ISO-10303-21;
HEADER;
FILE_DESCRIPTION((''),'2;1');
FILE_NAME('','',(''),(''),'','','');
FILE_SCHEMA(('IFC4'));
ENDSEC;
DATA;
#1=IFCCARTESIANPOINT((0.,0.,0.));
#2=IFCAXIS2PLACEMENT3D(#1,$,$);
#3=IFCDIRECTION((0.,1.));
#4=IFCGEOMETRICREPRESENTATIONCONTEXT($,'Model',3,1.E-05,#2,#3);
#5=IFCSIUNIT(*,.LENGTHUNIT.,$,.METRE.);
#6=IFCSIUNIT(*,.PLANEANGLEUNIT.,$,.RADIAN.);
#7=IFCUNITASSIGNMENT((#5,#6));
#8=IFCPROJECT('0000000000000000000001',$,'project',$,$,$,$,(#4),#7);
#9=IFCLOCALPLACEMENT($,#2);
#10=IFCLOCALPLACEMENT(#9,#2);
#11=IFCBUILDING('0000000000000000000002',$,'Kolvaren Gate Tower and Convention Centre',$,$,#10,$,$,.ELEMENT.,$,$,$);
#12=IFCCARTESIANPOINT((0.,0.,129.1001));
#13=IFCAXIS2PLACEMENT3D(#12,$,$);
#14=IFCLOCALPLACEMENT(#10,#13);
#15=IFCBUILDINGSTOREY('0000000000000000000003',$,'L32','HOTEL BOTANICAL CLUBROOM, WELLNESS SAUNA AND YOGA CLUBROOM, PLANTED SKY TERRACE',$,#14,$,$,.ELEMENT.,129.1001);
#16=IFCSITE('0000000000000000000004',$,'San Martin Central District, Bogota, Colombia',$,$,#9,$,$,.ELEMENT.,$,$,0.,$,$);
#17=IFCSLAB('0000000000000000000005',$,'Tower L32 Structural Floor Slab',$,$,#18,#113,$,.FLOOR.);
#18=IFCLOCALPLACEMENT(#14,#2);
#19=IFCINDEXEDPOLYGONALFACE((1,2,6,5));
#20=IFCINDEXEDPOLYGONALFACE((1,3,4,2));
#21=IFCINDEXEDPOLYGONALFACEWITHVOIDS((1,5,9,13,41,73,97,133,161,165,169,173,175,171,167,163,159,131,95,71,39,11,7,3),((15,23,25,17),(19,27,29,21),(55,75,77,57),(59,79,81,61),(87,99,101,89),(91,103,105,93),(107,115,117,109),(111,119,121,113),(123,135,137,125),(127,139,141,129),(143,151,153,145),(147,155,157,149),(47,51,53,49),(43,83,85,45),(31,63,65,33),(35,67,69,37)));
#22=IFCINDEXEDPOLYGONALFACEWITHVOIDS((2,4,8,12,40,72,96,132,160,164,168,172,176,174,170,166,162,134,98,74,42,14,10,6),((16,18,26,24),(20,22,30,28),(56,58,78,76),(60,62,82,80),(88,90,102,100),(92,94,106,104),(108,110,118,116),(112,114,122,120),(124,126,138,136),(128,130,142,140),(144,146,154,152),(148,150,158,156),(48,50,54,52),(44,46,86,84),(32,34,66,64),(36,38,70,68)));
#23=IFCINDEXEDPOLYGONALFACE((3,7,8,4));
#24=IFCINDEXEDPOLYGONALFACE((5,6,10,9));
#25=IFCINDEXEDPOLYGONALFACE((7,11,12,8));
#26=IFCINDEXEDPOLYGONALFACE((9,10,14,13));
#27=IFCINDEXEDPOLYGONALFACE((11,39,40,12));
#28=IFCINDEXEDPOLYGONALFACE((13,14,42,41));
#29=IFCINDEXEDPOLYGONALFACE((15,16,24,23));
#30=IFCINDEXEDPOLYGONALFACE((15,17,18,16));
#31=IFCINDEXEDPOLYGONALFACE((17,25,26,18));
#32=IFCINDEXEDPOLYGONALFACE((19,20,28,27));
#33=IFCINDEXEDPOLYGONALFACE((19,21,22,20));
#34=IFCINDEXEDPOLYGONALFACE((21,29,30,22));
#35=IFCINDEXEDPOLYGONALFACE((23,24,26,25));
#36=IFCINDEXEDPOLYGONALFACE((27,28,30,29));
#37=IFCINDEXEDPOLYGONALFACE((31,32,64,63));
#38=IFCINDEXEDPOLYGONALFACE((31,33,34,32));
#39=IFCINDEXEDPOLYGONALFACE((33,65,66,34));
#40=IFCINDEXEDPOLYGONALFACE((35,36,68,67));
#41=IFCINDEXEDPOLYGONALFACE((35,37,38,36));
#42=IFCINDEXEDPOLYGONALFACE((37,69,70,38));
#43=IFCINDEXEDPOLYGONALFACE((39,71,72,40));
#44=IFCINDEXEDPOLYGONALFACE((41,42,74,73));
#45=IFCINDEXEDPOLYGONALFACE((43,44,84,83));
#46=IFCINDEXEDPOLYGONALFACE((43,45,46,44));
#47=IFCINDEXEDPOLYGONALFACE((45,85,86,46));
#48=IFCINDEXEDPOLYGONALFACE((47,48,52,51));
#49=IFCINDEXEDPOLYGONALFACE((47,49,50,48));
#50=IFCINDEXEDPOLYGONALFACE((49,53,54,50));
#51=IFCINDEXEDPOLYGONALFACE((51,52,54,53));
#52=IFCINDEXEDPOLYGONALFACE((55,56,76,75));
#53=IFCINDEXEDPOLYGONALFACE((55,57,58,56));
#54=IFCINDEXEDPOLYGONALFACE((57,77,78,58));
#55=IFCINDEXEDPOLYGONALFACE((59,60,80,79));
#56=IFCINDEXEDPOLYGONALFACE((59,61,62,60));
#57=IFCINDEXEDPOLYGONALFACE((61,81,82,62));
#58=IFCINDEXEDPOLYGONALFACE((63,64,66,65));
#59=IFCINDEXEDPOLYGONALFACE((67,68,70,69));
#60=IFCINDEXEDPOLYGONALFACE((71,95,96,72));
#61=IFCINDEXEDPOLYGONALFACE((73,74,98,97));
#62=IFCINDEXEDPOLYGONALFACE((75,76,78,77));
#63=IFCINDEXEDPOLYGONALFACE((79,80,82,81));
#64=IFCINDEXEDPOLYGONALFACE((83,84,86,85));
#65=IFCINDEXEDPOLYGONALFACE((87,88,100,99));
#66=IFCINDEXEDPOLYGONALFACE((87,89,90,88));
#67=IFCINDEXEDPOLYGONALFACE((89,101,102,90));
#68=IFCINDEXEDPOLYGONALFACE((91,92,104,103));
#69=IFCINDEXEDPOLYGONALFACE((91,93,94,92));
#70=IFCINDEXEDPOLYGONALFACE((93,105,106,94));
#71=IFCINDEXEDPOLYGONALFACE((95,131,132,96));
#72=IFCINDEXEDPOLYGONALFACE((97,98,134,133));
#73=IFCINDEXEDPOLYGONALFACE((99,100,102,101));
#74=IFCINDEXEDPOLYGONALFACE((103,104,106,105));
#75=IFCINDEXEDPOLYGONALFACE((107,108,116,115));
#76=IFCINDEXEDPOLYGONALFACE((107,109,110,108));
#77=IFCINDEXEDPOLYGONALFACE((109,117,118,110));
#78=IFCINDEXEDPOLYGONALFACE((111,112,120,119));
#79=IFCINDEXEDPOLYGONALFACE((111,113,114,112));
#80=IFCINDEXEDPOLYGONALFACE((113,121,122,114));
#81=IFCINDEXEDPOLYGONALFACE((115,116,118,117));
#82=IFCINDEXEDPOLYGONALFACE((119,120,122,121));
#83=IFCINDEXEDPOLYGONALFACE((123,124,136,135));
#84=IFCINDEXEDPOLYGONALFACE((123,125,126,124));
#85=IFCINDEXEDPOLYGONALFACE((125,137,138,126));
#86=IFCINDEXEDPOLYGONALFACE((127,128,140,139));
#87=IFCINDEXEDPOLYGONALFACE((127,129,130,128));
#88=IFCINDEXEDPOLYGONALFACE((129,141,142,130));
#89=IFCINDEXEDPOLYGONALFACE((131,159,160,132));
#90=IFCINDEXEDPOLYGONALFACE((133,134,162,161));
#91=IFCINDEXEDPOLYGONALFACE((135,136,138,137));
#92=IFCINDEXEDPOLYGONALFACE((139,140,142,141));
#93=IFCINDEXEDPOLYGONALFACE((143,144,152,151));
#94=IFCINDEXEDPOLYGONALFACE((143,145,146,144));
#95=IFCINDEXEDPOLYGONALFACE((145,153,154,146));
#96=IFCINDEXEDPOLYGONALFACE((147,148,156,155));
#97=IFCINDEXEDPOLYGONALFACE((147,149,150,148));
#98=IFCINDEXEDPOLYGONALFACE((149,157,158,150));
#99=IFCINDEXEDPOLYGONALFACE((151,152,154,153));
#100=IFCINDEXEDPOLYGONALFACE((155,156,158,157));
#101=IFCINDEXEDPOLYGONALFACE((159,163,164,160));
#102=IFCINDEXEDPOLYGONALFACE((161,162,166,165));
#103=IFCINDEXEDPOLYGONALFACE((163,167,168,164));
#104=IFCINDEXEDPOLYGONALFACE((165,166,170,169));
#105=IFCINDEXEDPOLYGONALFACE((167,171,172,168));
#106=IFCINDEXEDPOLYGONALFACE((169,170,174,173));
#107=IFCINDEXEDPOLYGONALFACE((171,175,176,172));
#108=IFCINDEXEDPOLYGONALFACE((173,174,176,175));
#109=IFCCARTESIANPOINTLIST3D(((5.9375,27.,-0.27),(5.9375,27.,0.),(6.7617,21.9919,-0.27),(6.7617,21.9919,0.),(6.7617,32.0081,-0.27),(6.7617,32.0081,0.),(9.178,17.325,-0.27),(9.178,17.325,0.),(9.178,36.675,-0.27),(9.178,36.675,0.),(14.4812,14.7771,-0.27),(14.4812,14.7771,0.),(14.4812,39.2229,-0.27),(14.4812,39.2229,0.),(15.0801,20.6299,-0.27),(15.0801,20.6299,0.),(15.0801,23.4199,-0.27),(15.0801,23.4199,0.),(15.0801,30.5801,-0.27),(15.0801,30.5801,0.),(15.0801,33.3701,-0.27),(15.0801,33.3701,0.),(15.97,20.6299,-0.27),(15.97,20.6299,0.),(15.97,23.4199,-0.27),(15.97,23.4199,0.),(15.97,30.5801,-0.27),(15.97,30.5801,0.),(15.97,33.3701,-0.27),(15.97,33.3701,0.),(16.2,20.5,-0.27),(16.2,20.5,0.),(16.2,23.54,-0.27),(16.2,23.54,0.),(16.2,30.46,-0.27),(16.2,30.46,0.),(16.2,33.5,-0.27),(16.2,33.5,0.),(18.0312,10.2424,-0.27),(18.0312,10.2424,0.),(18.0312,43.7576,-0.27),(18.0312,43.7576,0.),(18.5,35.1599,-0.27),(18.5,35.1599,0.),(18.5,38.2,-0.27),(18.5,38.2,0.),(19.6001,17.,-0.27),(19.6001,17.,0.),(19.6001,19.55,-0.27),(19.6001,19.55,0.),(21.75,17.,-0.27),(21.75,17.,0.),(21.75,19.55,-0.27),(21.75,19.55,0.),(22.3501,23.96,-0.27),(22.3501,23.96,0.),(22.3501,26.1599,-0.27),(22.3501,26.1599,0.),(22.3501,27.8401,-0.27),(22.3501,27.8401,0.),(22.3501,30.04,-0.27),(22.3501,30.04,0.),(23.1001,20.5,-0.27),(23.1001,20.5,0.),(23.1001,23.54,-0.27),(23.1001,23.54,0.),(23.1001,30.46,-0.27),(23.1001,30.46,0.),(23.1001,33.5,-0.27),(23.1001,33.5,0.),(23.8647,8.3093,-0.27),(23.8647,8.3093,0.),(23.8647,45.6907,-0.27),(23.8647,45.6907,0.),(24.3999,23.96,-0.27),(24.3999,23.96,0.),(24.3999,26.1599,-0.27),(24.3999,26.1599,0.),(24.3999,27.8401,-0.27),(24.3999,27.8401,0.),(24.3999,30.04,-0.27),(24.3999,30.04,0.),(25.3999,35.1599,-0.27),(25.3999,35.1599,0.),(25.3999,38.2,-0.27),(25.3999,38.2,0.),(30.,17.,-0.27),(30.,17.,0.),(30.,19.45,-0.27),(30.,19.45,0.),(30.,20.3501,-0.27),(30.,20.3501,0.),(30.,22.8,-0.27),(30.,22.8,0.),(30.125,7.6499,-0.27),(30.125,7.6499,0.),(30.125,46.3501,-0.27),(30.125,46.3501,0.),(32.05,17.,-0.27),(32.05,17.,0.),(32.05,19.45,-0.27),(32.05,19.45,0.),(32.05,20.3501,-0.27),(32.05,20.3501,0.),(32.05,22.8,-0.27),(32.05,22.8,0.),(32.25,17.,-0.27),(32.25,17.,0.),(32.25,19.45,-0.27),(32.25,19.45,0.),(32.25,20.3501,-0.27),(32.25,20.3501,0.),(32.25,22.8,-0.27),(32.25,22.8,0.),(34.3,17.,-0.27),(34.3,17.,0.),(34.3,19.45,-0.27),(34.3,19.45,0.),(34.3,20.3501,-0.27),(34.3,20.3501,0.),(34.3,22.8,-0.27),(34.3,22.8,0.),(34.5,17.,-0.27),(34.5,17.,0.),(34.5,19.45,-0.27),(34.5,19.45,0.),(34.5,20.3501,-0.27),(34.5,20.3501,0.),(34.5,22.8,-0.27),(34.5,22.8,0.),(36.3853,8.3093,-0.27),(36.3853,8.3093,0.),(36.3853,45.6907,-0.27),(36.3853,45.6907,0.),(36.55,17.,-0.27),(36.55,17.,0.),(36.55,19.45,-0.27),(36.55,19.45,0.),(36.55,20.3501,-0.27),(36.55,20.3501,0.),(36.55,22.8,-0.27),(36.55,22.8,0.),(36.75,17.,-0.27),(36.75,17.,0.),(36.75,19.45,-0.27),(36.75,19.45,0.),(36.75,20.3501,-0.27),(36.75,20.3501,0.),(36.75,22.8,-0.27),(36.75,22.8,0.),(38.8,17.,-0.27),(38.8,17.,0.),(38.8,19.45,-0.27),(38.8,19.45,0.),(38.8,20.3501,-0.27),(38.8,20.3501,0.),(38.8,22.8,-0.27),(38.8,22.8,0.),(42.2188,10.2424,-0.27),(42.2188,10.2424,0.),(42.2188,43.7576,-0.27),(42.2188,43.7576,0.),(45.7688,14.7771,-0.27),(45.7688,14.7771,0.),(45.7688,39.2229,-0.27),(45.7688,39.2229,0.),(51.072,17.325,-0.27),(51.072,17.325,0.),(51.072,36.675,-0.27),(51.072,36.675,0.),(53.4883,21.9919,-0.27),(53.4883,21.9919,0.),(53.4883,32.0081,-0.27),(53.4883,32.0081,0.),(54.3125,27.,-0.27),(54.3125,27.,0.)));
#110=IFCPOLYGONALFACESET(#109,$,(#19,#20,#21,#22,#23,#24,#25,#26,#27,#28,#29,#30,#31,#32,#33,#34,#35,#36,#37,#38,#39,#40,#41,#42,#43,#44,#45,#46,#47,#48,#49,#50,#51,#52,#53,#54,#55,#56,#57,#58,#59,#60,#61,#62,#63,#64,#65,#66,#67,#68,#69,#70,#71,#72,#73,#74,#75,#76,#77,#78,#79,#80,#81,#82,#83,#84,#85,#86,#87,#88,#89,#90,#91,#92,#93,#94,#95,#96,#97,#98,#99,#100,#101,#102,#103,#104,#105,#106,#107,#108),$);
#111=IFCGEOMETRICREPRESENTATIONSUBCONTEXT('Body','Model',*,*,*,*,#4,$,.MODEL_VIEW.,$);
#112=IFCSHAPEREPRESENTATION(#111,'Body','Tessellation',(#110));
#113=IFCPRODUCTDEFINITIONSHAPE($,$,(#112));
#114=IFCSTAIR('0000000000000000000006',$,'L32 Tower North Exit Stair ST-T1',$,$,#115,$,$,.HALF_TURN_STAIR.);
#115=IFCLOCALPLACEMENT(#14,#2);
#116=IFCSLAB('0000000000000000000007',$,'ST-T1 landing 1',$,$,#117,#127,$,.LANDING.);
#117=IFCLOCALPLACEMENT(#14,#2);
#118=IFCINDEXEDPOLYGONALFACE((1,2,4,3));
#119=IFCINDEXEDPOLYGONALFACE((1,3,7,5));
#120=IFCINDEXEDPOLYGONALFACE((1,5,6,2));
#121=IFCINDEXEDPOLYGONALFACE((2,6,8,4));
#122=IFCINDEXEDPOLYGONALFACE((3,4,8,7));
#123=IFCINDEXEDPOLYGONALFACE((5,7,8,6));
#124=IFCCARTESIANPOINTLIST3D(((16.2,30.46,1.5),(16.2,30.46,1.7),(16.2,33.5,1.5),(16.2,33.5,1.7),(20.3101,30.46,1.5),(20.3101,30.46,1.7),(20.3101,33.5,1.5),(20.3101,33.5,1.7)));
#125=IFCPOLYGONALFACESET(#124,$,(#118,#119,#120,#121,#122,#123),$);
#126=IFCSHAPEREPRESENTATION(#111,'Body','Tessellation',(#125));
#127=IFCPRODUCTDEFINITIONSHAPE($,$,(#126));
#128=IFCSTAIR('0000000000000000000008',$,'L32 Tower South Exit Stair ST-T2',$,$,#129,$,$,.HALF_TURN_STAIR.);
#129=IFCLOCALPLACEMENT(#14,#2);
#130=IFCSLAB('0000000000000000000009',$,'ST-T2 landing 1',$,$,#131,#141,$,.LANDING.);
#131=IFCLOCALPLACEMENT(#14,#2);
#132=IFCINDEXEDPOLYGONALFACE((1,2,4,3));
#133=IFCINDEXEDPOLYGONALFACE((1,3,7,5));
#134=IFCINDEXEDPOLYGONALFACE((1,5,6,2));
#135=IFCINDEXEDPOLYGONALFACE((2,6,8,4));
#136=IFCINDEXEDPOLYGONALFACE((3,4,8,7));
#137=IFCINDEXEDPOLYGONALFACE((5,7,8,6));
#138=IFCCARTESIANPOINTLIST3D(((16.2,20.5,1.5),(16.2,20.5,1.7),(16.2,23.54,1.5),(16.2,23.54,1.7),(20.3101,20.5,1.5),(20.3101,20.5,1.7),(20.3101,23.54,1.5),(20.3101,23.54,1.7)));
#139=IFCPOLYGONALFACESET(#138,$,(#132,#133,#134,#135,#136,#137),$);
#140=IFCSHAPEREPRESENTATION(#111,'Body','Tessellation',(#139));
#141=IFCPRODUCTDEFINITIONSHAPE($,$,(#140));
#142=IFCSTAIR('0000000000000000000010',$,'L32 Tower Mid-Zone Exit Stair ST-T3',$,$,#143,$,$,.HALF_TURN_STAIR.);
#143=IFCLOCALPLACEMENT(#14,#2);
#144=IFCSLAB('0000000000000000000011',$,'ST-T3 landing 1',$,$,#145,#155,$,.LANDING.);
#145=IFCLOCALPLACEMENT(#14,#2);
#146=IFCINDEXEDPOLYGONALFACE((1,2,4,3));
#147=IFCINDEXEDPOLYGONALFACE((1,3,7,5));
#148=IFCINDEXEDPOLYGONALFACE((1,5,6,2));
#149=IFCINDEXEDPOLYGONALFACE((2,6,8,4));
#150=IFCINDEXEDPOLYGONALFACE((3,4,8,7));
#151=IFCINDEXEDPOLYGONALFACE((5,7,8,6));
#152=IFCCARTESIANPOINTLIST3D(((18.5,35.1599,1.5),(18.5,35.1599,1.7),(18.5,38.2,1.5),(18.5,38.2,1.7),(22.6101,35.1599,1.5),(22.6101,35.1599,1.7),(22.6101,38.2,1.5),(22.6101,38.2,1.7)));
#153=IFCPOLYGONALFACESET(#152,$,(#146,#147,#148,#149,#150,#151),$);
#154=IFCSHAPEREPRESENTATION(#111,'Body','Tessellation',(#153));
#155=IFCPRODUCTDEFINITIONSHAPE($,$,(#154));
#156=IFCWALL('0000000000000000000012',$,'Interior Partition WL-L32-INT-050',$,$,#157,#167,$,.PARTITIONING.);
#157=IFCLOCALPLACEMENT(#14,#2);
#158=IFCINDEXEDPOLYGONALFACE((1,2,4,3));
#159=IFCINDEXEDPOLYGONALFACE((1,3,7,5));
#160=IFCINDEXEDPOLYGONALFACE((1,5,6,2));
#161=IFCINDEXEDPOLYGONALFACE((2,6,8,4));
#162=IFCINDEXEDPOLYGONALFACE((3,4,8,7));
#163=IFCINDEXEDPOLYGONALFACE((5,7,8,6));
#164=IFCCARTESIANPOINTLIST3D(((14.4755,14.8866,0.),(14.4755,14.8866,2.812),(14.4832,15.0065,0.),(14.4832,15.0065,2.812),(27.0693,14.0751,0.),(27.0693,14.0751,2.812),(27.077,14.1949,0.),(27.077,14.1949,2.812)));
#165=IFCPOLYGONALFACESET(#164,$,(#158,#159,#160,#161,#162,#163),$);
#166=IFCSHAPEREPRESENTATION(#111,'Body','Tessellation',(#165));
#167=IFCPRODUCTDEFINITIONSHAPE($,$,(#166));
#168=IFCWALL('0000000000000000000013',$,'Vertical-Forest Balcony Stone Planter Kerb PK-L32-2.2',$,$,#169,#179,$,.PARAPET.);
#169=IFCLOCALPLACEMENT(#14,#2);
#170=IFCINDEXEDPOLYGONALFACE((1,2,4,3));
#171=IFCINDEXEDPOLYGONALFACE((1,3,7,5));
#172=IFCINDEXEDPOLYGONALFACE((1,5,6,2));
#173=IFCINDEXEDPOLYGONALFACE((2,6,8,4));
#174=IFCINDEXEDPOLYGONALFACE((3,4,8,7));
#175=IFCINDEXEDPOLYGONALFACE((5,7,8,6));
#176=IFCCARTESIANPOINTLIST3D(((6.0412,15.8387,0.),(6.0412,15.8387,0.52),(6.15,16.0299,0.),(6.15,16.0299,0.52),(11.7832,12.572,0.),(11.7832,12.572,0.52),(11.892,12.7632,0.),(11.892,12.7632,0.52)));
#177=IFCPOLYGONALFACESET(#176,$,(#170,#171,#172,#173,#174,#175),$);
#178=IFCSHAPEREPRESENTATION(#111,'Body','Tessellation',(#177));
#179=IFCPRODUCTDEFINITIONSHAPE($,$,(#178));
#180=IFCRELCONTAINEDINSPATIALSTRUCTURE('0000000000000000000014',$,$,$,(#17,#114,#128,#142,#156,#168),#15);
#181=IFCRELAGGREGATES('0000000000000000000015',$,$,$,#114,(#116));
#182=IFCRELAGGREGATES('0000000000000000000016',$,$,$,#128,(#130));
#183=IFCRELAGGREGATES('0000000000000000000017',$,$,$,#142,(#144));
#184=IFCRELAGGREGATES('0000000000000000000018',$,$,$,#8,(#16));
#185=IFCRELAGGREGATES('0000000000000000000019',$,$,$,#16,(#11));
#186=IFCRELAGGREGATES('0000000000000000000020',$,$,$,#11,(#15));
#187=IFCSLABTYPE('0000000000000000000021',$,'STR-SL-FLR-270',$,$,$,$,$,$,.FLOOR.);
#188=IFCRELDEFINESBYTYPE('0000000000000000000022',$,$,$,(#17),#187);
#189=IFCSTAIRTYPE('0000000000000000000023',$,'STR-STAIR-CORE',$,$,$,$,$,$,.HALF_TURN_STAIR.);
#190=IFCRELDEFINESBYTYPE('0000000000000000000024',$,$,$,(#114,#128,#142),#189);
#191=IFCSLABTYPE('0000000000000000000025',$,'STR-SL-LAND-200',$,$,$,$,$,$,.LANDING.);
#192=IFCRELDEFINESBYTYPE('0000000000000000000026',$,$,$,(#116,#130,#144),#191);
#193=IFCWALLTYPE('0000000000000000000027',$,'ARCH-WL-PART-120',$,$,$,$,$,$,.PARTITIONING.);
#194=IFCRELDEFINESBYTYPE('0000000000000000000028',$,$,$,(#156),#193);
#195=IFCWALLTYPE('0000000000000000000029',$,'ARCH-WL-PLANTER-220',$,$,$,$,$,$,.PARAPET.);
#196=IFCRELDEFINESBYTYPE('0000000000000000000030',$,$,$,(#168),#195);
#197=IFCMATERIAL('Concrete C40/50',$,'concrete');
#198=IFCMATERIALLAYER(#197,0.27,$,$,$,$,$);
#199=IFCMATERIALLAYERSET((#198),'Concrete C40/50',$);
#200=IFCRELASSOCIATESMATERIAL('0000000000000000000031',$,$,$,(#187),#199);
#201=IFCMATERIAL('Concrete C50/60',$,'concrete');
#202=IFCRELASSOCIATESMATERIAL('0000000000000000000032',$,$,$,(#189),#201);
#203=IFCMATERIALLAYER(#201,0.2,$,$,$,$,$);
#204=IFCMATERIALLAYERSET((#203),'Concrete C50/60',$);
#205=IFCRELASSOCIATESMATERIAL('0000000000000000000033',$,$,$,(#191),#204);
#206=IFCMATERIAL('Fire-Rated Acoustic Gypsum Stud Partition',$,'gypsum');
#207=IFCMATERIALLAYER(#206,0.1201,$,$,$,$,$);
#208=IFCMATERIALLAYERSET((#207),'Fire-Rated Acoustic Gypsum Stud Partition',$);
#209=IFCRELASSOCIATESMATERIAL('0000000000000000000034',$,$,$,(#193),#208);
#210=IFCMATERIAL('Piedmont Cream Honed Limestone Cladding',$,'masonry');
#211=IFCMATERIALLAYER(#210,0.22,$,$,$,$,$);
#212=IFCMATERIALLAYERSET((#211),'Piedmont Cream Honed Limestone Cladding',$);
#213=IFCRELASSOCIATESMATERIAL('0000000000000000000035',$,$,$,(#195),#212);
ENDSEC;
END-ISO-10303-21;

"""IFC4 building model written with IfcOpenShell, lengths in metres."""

from ifc_helpers import new_model, si_unit, direction, frame, frame_2d, origin, place, context, subcontext, project, spatial, polyline, rectangle, outline, extrude, material, layer, layer_set, type_object, element, aggregate, save


model = new_model("IFC4")

# Units and contexts
model_context = context("Model", 3, precision=1e-05, world=origin(), true_north=direction((0.0, 1.0)))
body_context = subcontext(model_context, "Body", "Model", "MODEL_VIEW")
ifc_project = project(units=[si_unit("LENGTHUNIT", "METRE"), si_unit("PLANEANGLEUNIT", "RADIAN")], contexts=[model_context])

# Site, building, storey
site_placement = place(None, origin())
site = spatial("IfcSite", under=ifc_project, at=site_placement, Name="San Martin Central District, Bogota, Colombia", CompositionType="ELEMENT", RefElevation=0.0)
building_placement = place(site_placement, origin())
building = spatial("IfcBuilding", under=site, at=building_placement, Name="Kolvaren Gate Tower and Convention Centre", CompositionType="ELEMENT")
storey_placement = place(building_placement, frame((0.0, 0.0, 129.1001)))
storey = spatial("IfcBuildingStorey", under=building, at=storey_placement, Name="L32", Description="HOTEL BOTANICAL CLUBROOM, WELLNESS SAUNA AND YOGA CLUBROOM, PLANTED SKY TERRACE", CompositionType="ELEMENT", Elevation=129.1001)

# Slab
ifc_material_1 = material(Name="Concrete C50/60", Category="concrete")
ifc_material_2 = material(Name="Concrete C40/50", Category="concrete")
ifc_layer_1 = layer(ifc_material_2, 0.27)
ifc_layer_set_1 = layer_set([ifc_layer_1], Name="Concrete C40/50")
slab_type_1 = type_object("IfcSlabType", Name="STR-SL-FLR-270", PredefinedType="FLOOR", material=ifc_layer_set_1)
slab_1_placement = place(storey_placement, frame((0.0, 0.0, -0.27)))
element("IfcSlab", 1, at=slab_1_placement, inside=storey, type_object=slab_type_1, Name="Tower L32 Structural Floor Slab", PredefinedType="FLOOR", context=body_context, shape_type="SweptSolid", body=[
    extrude(outline(polyline([(54.3125, 27.0), (53.4883, 32.0081), (51.072, 36.675), (45.7688, 39.2229), (42.2188, 43.7576), (36.3853, 45.6907), (30.125, 46.3501), (23.8647, 45.6907), (18.0312, 43.7576), (14.4812, 39.2229), (9.178, 36.675), (6.7617, 32.0081), (5.9375, 27.0), (6.7617, 21.9919), (9.178, 17.325), (14.4812, 14.7771), (18.0312, 10.2424), (23.8647, 8.3093), (30.125, 7.6499), (36.3853, 8.3093), (42.2188, 10.2424), (45.7688, 14.7771), (51.072, 17.325), (53.4883, 21.9919), (54.3125, 27.0)]), holes=[polyline([(36.75, 17.0), (36.75, 19.45), (38.8, 19.45), (38.8, 17.0), (36.75, 17.0)]), polyline([(36.75, 20.3501), (36.75, 22.8), (38.8, 22.8), (38.8, 20.3501), (36.75, 20.3501)]), polyline([(34.5, 17.0), (34.5, 19.45), (36.55, 19.45), (36.55, 17.0), (34.5, 17.0)]), polyline([(34.5, 20.3501), (34.5, 22.8), (36.55, 22.8), (36.55, 20.3501), (34.5, 20.3501)]), polyline([(32.25, 17.0), (32.25, 19.45), (34.3, 19.45), (34.3, 17.0), (32.25, 17.0)]), polyline([(32.25, 20.3501), (32.25, 22.8), (34.3, 22.8), (34.3, 20.3501), (32.25, 20.3501)]), polyline([(30.0, 17.0), (30.0, 19.45), (32.05, 19.45), (32.05, 17.0), (30.0, 17.0)]), polyline([(30.0, 20.3501), (30.0, 22.8), (32.05, 22.8), (32.05, 20.3501), (30.0, 20.3501)]), polyline([(25.3999, 38.2), (25.3999, 35.1599), (18.5, 35.1599), (18.5, 38.2), (25.3999, 38.2)]), polyline([(22.3501, 23.96), (22.3501, 26.1599), (24.3999, 26.1599), (24.3999, 23.96), (22.3501, 23.96)]), polyline([(22.3501, 27.8401), (22.3501, 30.04), (24.3999, 30.04), (24.3999, 27.8401), (22.3501, 27.8401)]), polyline([(23.1001, 23.54), (23.1001, 20.5), (16.2, 20.5), (16.2, 23.54), (23.1001, 23.54)]), polyline([(23.1001, 33.5), (23.1001, 30.46), (16.2, 30.46), (16.2, 33.5), (23.1001, 33.5)]), polyline([(19.6001, 17.0), (19.6001, 19.55), (21.75, 19.55), (21.75, 17.0), (19.6001, 17.0)]), polyline([(15.0801, 20.6299), (15.0801, 23.4199), (15.97, 23.4199), (15.97, 20.6299), (15.0801, 20.6299)]), polyline([(15.0801, 30.5801), (15.0801, 33.3701), (15.97, 33.3701), (15.97, 30.5801), (15.0801, 30.5801)])]), origin(), (0.0, 0.0, 1.0), 0.27),
])

# Stairs, slabs
stair_type = type_object("IfcStairType", Name="STR-STAIR-CORE", PredefinedType="HALF_TURN_STAIR", material=ifc_material_1)
stair_1_placement = place(storey_placement, origin())
stair_1 = element("IfcStair", 2, at=stair_1_placement, inside=storey, type_object=stair_type, Name="L32 Tower North Exit Stair ST-T1", PredefinedType="HALF_TURN_STAIR")
ifc_layer_2 = layer(ifc_material_1, 0.2)
ifc_layer_set_2 = layer_set([ifc_layer_2], Name="Concrete C50/60")
slab_type_2 = type_object("IfcSlabType", Name="STR-SL-LAND-200", PredefinedType="LANDING", material=ifc_layer_set_2)
slab_2_placement = place(storey_placement, frame((0.0, 0.0, 1.5)))
slab_2 = element("IfcSlab", 3, at=slab_2_placement, type_object=slab_type_2, Name="ST-T1 landing 1", PredefinedType="LANDING", context=body_context, shape_type="SweptSolid", body=[
    extrude(outline(polyline([(20.3101, 33.5), (16.2, 33.5), (16.2, 30.46), (20.3101, 30.46), (20.3101, 33.5)])), origin(), (0.0, 0.0, 1.0), 0.2),
])
aggregate(stair_1, [slab_2])
stair_2_placement = place(storey_placement, origin())
stair_2 = element("IfcStair", 4, at=stair_2_placement, inside=storey, type_object=stair_type, Name="L32 Tower South Exit Stair ST-T2", PredefinedType="HALF_TURN_STAIR")
slab_3_placement = place(storey_placement, frame((0.0, 0.0, 1.5)))
slab_3 = element("IfcSlab", 5, at=slab_3_placement, type_object=slab_type_2, Name="ST-T2 landing 1", PredefinedType="LANDING", context=body_context, shape_type="SweptSolid", body=[
    extrude(outline(polyline([(20.3101, 23.54), (16.2, 23.54), (16.2, 20.5), (20.3101, 20.5), (20.3101, 23.54)])), origin(), (0.0, 0.0, 1.0), 0.2),
])
aggregate(stair_2, [slab_3])
stair_3_placement = place(storey_placement, origin())
stair_3 = element("IfcStair", 6, at=stair_3_placement, inside=storey, type_object=stair_type, Name="L32 Tower Mid-Zone Exit Stair ST-T3", PredefinedType="HALF_TURN_STAIR")
slab_4_placement = place(storey_placement, frame((0.0, 0.0, 1.5)))
slab_4 = element("IfcSlab", 7, at=slab_4_placement, type_object=slab_type_2, Name="ST-T3 landing 1", PredefinedType="LANDING", context=body_context, shape_type="SweptSolid", body=[
    extrude(outline(polyline([(22.6101, 38.2), (18.5, 38.2), (18.5, 35.1599), (22.6101, 35.1599), (22.6101, 38.2)])), origin(), (0.0, 0.0, 1.0), 0.2),
])
aggregate(stair_3, [slab_4])

# Walls
ifc_material_3 = material(Name="Fire-Rated Acoustic Gypsum Stud Partition", Category="gypsum")
ifc_layer_3 = layer(ifc_material_3, 0.1201)
ifc_layer_set_3 = layer_set([ifc_layer_3], Name="Fire-Rated Acoustic Gypsum Stud Partition")
wall_type_1 = type_object("IfcWallType", Name="ARCH-WL-PART-120", PredefinedType="PARTITIONING", material=ifc_layer_set_3)
wall_1_placement = place(storey_placement, frame((14.4792, 14.9465, 0.0), z_axis=(0.0, 0.0, 1.0), x_axis=(0.99793, -0.064305, 0.0)))
element("IfcWall", 8, at=wall_1_placement, inside=storey, type_object=wall_type_1, Name="Interior Partition WL-L32-INT-050", PredefinedType="PARTITIONING", context=body_context, shape_type="SweptSolid", body=[
    extrude(rectangle(XDim=12.6199, YDim=0.1201, at=frame_2d((6.3101, 0.0))), origin(), (0.0, 0.0, 1.0), 2.812),
])
ifc_material_4 = material(Name="Piedmont Cream Honed Limestone Cladding", Category="masonry")
ifc_layer_4 = layer(ifc_material_4, 0.22)
ifc_layer_set_4 = layer_set([ifc_layer_4], Name="Piedmont Cream Honed Limestone Cladding")
wall_type_2 = type_object("IfcWallType", Name="ARCH-WL-PLANTER-220", PredefinedType="PARAPET", material=ifc_layer_set_4)
wall_2_placement = place(storey_placement, frame((6.0955, 15.9343, 0.0), z_axis=(0.0, 0.0, 1.0), x_axis=(0.869188, -0.494482, 0.0)))
element("IfcWall", 9, at=wall_2_placement, inside=storey, type_object=wall_type_2, Name="Vertical-Forest Balcony Stone Planter Kerb PK-L32-2.2", PredefinedType="PARAPET", context=body_context, shape_type="SweptSolid", body=[
    extrude(rectangle(XDim=6.6062, YDim=0.22, at=frame_2d((3.3032, 0.0))), origin(), (0.0, 0.0, 1.0), 0.52),
])

save(model, "model.ifc")
